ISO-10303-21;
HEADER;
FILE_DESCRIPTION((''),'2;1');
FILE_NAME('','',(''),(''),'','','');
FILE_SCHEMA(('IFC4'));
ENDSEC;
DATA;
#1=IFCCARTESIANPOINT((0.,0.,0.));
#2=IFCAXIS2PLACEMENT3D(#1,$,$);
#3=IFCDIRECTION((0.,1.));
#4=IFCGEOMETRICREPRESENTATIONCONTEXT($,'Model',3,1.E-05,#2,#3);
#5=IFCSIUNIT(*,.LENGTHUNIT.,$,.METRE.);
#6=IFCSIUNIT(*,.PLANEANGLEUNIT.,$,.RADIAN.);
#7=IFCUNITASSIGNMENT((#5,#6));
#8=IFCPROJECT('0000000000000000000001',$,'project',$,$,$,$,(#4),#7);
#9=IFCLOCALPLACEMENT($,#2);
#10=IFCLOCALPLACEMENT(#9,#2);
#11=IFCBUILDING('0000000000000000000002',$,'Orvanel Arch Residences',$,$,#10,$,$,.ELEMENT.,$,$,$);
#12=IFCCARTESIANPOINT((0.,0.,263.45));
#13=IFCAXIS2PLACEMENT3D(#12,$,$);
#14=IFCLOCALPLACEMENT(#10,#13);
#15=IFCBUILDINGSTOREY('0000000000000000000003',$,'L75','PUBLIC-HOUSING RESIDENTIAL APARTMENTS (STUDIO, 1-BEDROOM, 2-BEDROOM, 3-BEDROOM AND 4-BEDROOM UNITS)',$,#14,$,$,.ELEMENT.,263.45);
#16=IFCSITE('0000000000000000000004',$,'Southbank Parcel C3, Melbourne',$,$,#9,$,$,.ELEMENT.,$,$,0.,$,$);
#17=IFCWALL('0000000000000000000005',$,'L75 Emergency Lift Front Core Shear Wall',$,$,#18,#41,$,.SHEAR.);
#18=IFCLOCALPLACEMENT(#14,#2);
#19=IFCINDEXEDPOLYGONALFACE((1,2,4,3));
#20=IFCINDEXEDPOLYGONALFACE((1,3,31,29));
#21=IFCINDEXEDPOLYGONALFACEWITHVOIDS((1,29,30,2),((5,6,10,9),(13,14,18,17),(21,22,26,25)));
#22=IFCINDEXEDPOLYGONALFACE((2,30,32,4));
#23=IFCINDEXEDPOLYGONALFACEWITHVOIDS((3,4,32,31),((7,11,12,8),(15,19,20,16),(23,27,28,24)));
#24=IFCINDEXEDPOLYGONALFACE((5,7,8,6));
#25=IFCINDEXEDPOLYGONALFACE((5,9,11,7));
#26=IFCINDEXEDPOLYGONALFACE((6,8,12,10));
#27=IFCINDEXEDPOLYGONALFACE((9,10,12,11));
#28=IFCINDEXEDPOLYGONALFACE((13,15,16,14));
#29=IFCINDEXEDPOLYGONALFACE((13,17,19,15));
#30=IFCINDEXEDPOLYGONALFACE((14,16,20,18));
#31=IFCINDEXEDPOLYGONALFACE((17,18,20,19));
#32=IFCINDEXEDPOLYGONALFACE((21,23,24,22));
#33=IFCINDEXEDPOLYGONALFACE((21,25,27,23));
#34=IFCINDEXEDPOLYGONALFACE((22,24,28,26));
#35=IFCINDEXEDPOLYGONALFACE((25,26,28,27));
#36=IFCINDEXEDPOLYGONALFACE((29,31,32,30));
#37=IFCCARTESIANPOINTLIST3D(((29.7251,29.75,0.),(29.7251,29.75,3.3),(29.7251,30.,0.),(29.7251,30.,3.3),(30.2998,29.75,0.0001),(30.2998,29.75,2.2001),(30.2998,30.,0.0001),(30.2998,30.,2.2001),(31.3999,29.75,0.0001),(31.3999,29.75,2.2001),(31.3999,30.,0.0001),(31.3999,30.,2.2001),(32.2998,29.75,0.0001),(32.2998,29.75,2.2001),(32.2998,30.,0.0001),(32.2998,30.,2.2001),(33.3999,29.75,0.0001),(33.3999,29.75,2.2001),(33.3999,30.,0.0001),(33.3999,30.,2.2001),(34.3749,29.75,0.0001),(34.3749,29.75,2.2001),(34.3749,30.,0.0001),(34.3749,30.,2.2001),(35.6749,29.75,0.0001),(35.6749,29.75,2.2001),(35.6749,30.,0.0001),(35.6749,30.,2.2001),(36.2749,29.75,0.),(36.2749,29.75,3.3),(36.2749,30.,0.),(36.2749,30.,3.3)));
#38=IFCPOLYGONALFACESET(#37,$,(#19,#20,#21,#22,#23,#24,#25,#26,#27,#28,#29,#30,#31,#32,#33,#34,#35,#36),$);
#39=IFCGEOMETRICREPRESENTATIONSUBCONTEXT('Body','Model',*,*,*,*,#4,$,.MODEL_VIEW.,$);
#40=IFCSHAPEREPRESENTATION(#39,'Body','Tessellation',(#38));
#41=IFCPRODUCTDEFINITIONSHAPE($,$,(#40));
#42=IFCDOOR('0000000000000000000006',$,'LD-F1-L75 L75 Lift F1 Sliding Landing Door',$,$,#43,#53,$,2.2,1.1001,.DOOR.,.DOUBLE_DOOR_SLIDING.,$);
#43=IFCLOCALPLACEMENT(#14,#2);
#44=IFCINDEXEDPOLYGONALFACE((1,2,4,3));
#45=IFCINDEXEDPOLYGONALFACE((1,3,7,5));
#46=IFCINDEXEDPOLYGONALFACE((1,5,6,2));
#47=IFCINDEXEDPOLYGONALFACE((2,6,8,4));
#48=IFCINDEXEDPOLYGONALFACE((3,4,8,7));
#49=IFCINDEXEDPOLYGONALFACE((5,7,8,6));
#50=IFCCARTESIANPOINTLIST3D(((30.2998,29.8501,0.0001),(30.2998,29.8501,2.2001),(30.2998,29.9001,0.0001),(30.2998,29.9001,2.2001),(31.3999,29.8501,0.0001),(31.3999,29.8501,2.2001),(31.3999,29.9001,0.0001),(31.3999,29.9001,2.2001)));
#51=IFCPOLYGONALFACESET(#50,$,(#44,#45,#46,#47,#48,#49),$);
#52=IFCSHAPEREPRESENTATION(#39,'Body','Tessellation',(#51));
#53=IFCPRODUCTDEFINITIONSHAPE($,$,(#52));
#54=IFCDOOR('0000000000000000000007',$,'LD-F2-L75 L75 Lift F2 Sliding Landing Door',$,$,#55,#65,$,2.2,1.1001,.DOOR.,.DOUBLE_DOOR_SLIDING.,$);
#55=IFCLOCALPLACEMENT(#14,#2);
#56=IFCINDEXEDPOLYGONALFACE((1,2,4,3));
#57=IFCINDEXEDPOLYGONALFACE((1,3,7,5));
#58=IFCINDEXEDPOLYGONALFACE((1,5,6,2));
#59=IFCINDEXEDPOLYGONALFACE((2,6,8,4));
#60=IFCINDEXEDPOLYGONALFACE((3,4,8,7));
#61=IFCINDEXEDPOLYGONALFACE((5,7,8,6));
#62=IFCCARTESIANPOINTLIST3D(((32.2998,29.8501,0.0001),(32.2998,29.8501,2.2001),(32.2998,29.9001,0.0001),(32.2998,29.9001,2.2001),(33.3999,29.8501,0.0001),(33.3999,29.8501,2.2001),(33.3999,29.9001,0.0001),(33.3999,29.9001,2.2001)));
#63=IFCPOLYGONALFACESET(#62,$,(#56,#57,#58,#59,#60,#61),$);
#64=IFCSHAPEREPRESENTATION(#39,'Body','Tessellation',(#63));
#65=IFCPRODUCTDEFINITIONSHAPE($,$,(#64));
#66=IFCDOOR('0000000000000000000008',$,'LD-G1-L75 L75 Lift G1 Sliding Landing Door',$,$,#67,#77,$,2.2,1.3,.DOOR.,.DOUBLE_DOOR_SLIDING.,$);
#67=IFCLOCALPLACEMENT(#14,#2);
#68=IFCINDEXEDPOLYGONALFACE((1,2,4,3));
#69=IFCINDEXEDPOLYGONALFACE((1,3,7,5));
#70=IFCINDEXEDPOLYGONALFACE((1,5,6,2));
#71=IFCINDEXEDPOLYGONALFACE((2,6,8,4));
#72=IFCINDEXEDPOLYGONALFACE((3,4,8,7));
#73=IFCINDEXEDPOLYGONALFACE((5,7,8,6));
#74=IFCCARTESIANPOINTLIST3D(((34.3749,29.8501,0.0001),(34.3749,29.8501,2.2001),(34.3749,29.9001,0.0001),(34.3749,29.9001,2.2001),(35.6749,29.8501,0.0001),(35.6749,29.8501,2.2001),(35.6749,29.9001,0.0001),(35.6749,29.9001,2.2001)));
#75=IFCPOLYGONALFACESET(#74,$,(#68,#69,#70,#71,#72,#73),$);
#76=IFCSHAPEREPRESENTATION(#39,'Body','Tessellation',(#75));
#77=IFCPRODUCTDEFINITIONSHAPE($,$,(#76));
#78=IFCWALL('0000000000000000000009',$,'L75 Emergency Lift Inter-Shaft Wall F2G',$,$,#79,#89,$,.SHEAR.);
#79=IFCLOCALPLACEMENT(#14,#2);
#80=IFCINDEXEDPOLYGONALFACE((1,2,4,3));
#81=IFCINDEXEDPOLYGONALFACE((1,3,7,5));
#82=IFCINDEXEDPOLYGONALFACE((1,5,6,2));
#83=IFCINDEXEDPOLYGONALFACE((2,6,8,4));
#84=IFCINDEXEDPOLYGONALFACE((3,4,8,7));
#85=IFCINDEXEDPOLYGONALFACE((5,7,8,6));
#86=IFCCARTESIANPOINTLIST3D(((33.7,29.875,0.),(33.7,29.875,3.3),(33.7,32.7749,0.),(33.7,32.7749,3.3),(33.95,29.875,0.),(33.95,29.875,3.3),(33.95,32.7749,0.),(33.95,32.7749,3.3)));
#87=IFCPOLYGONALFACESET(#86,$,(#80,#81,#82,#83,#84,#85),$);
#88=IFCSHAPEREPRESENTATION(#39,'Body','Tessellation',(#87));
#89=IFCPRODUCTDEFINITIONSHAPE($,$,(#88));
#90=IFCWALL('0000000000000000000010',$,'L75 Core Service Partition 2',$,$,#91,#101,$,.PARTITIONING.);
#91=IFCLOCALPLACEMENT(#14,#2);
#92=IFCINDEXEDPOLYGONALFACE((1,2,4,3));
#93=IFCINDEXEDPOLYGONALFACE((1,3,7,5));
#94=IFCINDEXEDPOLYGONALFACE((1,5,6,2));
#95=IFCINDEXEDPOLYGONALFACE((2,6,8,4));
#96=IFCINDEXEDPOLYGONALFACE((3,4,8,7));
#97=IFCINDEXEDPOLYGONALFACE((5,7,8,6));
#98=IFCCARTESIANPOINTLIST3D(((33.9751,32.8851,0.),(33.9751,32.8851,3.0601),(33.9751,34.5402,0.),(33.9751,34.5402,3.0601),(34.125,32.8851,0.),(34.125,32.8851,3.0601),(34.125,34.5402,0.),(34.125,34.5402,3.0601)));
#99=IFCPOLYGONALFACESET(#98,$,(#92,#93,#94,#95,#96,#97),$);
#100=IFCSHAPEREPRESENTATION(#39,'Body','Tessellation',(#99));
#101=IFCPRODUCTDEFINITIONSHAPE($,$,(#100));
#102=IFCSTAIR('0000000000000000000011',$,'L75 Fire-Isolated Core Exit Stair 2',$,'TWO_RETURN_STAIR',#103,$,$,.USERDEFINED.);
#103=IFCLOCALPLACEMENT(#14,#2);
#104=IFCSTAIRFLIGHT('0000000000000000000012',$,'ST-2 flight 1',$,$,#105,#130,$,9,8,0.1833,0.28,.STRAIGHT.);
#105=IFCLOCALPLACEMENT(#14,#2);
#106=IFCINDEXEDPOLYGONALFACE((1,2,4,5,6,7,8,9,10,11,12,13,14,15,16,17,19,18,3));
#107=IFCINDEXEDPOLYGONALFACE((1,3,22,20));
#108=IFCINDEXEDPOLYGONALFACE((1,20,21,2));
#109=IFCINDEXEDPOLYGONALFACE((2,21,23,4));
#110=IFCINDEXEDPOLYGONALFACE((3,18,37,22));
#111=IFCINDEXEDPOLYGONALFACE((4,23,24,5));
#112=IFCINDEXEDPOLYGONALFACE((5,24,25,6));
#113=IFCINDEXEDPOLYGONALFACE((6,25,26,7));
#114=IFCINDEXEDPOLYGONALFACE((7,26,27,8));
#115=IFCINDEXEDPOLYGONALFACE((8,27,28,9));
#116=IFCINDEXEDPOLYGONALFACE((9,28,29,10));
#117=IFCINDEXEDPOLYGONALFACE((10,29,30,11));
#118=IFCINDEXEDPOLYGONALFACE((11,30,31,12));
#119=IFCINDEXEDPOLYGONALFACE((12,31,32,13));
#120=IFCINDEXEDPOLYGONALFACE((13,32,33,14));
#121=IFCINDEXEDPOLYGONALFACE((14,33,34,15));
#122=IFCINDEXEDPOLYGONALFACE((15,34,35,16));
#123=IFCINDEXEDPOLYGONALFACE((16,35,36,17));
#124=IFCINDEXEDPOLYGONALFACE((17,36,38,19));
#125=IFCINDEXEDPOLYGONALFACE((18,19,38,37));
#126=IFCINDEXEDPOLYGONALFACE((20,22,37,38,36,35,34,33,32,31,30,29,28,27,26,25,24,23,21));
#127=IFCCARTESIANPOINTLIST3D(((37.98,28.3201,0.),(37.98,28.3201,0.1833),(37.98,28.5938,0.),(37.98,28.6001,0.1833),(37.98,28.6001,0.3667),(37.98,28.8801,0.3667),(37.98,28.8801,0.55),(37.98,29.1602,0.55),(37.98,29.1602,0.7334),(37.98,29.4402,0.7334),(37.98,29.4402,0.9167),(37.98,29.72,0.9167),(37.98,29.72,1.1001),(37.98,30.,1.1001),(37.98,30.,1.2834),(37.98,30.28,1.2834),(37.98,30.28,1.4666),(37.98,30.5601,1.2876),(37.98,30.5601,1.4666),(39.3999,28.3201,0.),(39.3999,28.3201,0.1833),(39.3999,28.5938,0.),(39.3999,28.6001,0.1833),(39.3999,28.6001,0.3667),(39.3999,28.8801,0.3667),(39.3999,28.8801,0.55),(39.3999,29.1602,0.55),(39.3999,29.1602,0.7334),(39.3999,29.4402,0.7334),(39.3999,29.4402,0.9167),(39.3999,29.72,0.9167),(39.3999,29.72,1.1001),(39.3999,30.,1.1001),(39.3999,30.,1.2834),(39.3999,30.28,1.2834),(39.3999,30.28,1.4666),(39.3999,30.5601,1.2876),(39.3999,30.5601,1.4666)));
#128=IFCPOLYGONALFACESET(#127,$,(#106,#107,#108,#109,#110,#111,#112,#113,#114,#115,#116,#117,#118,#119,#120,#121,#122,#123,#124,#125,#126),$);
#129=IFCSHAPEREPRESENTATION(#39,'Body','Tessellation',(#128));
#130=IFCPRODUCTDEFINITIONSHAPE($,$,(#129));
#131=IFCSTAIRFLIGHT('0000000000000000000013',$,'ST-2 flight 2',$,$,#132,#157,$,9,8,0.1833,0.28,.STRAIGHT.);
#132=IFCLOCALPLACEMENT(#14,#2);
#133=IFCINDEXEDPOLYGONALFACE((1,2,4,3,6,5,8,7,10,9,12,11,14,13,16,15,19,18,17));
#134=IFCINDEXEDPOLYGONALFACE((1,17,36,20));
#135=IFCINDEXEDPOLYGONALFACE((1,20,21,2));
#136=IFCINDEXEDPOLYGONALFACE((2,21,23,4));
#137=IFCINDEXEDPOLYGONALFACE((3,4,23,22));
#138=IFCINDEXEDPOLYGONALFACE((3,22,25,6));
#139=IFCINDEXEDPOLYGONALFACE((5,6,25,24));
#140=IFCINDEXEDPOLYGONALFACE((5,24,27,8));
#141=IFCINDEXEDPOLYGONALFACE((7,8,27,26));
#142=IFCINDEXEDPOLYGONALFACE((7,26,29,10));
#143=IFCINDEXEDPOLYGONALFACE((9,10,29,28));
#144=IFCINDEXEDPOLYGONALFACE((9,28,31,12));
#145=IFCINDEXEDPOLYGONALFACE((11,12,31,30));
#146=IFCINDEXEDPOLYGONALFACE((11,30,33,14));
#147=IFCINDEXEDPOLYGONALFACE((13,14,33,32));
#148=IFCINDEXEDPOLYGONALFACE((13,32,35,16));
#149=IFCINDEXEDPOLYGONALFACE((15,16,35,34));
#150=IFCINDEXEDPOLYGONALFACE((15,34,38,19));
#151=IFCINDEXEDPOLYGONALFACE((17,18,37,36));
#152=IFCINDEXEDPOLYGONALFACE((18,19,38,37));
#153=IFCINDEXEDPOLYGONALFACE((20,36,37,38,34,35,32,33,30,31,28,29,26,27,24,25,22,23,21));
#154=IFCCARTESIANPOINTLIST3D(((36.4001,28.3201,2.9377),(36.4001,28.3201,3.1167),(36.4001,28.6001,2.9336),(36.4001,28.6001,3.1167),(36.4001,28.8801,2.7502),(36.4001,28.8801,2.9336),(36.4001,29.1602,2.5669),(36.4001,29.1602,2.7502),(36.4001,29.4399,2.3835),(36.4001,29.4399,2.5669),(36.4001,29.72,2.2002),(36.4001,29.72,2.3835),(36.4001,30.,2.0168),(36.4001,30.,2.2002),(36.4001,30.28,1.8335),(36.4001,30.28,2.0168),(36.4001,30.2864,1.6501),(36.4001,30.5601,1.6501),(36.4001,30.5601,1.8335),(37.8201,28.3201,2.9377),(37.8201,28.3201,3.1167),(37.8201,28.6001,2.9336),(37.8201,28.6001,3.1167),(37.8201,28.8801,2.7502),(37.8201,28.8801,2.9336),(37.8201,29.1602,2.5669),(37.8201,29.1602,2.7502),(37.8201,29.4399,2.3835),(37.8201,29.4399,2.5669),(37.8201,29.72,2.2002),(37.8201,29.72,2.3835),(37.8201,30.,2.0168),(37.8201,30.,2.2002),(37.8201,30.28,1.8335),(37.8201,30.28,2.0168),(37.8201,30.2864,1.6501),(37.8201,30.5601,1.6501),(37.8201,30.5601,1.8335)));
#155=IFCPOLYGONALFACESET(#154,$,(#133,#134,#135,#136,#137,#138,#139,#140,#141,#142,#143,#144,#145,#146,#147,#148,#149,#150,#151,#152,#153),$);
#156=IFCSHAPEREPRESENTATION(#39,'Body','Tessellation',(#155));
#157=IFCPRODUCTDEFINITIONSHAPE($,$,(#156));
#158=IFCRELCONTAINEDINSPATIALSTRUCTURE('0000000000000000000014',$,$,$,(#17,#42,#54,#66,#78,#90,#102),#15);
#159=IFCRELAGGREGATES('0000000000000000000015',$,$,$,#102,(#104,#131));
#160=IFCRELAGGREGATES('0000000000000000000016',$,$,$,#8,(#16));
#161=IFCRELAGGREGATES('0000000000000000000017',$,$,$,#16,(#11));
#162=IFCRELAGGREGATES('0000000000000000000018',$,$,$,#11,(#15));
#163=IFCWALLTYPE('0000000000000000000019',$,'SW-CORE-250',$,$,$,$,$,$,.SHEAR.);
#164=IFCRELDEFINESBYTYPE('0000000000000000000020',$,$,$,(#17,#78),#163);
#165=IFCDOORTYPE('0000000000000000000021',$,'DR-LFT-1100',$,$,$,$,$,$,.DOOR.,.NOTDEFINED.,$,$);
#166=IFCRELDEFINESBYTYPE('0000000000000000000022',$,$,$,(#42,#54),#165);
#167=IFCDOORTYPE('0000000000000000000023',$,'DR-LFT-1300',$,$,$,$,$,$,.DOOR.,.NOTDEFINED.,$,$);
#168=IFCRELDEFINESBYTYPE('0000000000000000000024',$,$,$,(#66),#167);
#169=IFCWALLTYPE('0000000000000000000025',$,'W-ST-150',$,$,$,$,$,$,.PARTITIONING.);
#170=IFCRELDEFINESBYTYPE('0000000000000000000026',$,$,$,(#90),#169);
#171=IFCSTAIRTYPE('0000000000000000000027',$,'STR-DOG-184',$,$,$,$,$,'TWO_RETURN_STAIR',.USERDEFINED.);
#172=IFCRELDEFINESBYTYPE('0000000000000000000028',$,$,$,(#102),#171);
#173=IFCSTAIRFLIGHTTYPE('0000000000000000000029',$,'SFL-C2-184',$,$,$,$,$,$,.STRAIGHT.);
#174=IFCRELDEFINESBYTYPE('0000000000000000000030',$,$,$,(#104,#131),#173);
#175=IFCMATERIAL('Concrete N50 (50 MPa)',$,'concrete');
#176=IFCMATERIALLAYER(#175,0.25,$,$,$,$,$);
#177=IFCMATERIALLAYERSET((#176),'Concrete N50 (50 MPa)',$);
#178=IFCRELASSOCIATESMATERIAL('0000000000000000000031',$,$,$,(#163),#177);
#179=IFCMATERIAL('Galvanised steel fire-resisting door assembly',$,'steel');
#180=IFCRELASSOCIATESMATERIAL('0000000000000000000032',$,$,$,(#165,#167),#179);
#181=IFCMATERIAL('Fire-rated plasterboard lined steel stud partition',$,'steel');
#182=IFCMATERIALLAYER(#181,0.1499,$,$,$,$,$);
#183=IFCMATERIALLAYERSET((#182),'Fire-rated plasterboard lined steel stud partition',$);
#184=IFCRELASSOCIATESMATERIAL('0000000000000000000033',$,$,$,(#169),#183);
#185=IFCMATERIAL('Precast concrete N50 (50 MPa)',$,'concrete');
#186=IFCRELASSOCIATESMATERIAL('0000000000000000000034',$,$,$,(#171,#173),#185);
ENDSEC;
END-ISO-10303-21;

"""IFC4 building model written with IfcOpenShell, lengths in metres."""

from ifc_helpers import new_model, si_unit, direction, frame, frame_2d, origin, place, context, subcontext, project, spatial, polyline, rectangle, outline, extrude, material, layer, layer_set, type_object, element, fill, aggregate, save


model = new_model("IFC4")

# Units and contexts
model_context = context("Model", 3, precision=1e-05, world=origin(), true_north=direction((0.0, 1.0)))
body_context = subcontext(model_context, "Body", "Model", "MODEL_VIEW")
ifc_project = project(units=[si_unit("LENGTHUNIT", "METRE"), si_unit("PLANEANGLEUNIT", "RADIAN")], contexts=[model_context])

# Site, building, storey
site_placement = place(None, origin())
site = spatial("IfcSite", under=ifc_project, at=site_placement, Name="Southbank Parcel C3, Melbourne", CompositionType="ELEMENT", RefElevation=0.0)
building_placement = place(site_placement, origin())
building = spatial("IfcBuilding", under=site, at=building_placement, Name="Orvanel Arch Residences", CompositionType="ELEMENT")
storey_placement = place(building_placement, frame((0.0, 0.0, 263.45)))
storey = spatial("IfcBuildingStorey", under=building, at=storey_placement, Name="L75", Description="PUBLIC-HOUSING RESIDENTIAL APARTMENTS (STUDIO, 1-BEDROOM, 2-BEDROOM, 3-BEDROOM AND 4-BEDROOM UNITS)", CompositionType="ELEMENT", Elevation=263.45)

# Shared definitions
ifc_material_1 = material(Name="Concrete N50 (50 MPa)", Category="concrete")
ifc_layer_1 = layer(ifc_material_1, 0.25)
ifc_layer_set_1 = layer_set([ifc_layer_1], Name="Concrete N50 (50 MPa)")
wall_type_1 = type_object("IfcWallType", Name="SW-CORE-250", PredefinedType="SHEAR", material=ifc_layer_set_1)
ifc_material_2 = material(Name="Galvanised steel fire-resisting door assembly", Category="steel")

# Wall, openings, doors
wall_1_placement = place(storey_placement, frame((36.2749, 29.875, 0.0), z_axis=(0.0, 0.0, 1.0), x_axis=(-1.0, 0.0, 0.0)))
wall_1 = element("IfcWall", 1, at=wall_1_placement, inside=storey, type_object=wall_type_1, Name="L75 Emergency Lift Front Core Shear Wall", PredefinedType="SHEAR", context=body_context, shape_type="SweptSolid", body=[
    extrude(rectangle(XDim=6.5498, YDim=0.25, at=frame_2d((3.2749, 0.0))), origin(), (0.0, 0.0, 1.0), 3.3),
])
opening_1_placement = place(wall_1_placement, frame((4.875, 0.0, 0.0)))
opening_1 = element("IfcOpeningElement", 2, at=opening_1_placement, cuts=wall_1, PredefinedType="OPENING", context=body_context, shape_type="SweptSolid", body=[
    extrude(rectangle(XDim=1.1001, YDim=2.2, at=frame_2d((0.55, 1.1001))), frame((0.0, 0.135, 0.0), z_axis=(0.0, -1.0, 0.0), x_axis=(1.0, 0.0, 0.0)), (0.0, 0.0, 1.0), 0.27),
])
opening_2_placement = place(wall_1_placement, frame((2.875, 0.0, 0.0)))
opening_2 = element("IfcOpeningElement", 3, at=opening_2_placement, cuts=wall_1, PredefinedType="OPENING", context=body_context, shape_type="SweptSolid", body=[
    extrude(rectangle(XDim=1.1001, YDim=2.2, at=frame_2d((0.55, 1.1001))), frame((0.0, 0.135, 0.0), z_axis=(0.0, -1.0, 0.0), x_axis=(1.0, 0.0, 0.0)), (0.0, 0.0, 1.0), 0.27),
])
opening_3_placement = place(wall_1_placement, frame((0.6001, 0.0, 0.0)))
opening_3 = element("IfcOpeningElement", 4, at=opening_3_placement, cuts=wall_1, PredefinedType="OPENING", context=body_context, shape_type="SweptSolid", body=[
    extrude(rectangle(XDim=1.3, YDim=2.2, at=frame_2d((0.6499, 1.1001))), frame((0.0, 0.135, 0.0), z_axis=(0.0, -1.0, 0.0), x_axis=(1.0, 0.0, 0.0)), (0.0, 0.0, 1.0), 0.27),
])
door_type_1 = type_object("IfcDoorType", Name="DR-LFT-1100", OperationType="NOTDEFINED", PredefinedType="DOOR", material=ifc_material_2)
door_1_placement = place(opening_1_placement, origin())
door_1 = element("IfcDoor", 5, at=door_1_placement, inside=storey, type_object=door_type_1, Name="LD-F1-L75 L75 Lift F1 Sliding Landing Door", OperationType="DOUBLE_DOOR_SLIDING", OverallHeight=2.2, OverallWidth=1.1001, PredefinedType="DOOR", context=body_context, shape_type="SweptSolid", body=[
    extrude(rectangle(XDim=1.1001, YDim=2.2, at=frame_2d((0.55, 1.1001))), frame((0.0, 0.0249, 0.0), z_axis=(0.0, -1.0, 0.0), x_axis=(1.0, 0.0, 0.0)), (0.0, 0.0, 1.0), 0.05),
])
fill(opening_1, door_1)
door_2_placement = place(opening_2_placement, origin())
door_2 = element("IfcDoor", 6, at=door_2_placement, inside=storey, type_object=door_type_1, Name="LD-F2-L75 L75 Lift F2 Sliding Landing Door", OperationType="DOUBLE_DOOR_SLIDING", OverallHeight=2.2, OverallWidth=1.1001, PredefinedType="DOOR", context=body_context, shape_type="SweptSolid", body=[
    extrude(rectangle(XDim=1.1001, YDim=2.2, at=frame_2d((0.55, 1.1001))), frame((0.0, 0.0249, 0.0), z_axis=(0.0, -1.0, 0.0), x_axis=(1.0, 0.0, 0.0)), (0.0, 0.0, 1.0), 0.05),
])
fill(opening_2, door_2)
door_type_2 = type_object("IfcDoorType", Name="DR-LFT-1300", OperationType="NOTDEFINED", PredefinedType="DOOR", material=ifc_material_2)
door_3_placement = place(opening_3_placement, origin())
door_3 = element("IfcDoor", 7, at=door_3_placement, inside=storey, type_object=door_type_2, Name="LD-G1-L75 L75 Lift G1 Sliding Landing Door", OperationType="DOUBLE_DOOR_SLIDING", OverallHeight=2.2, OverallWidth=1.3, PredefinedType="DOOR", context=body_context, shape_type="SweptSolid", body=[
    extrude(rectangle(XDim=1.3, YDim=2.2, at=frame_2d((0.6499, 1.1001))), frame((0.0, 0.0249, 0.0), z_axis=(0.0, -1.0, 0.0), x_axis=(1.0, 0.0, 0.0)), (0.0, 0.0, 1.0), 0.05),
])
fill(opening_3, door_3)

# Walls
wall_2_placement = place(storey_placement, frame((33.825, 29.875, 0.0), z_axis=(0.0, 0.0, 1.0), x_axis=(0.0, 1.0, 0.0)))
element("IfcWall", 8, at=wall_2_placement, inside=storey, type_object=wall_type_1, Name="L75 Emergency Lift Inter-Shaft Wall F2G", PredefinedType="SHEAR", context=body_context, shape_type="SweptSolid", body=[
    extrude(rectangle(XDim=2.8999, YDim=0.25, at=frame_2d((1.45, 0.0))), origin(), (0.0, 0.0, 1.0), 3.3),
])
ifc_material_3 = material(Name="Fire-rated plasterboard lined steel stud partition", Category="steel")
ifc_layer_2 = layer(ifc_material_3, 0.1499)
ifc_layer_set_2 = layer_set([ifc_layer_2], Name="Fire-rated plasterboard lined steel stud partition")
wall_type_2 = type_object("IfcWallType", Name="W-ST-150", PredefinedType="PARTITIONING", material=ifc_layer_set_2)
wall_3_placement = place(storey_placement, frame((34.05, 32.885, 0.0), z_axis=(0.0, 0.0, 1.0), x_axis=(0.0, 1.0, 0.0)))
element("IfcWall", 9, at=wall_3_placement, inside=storey, type_object=wall_type_2, Name="L75 Core Service Partition 2", PredefinedType="PARTITIONING", context=body_context, shape_type="SweptSolid", body=[
    extrude(rectangle(XDim=1.655, YDim=0.1499, at=frame_2d((0.8276, 0.0))), origin(), (0.0, 0.0, 1.0), 3.0601),
])

# Stair, stair flights
ifc_material_4 = material(Name="Precast concrete N50 (50 MPa)", Category="concrete")
stair_type = type_object("IfcStairType", Name="STR-DOG-184", ElementType="TWO_RETURN_STAIR", PredefinedType="USERDEFINED", material=ifc_material_4)
stair_placement = place(storey_placement, origin())
stair = element("IfcStair", 10, at=stair_placement, inside=storey, type_object=stair_type, Name="L75 Fire-Isolated Core Exit Stair 2", ObjectType="TWO_RETURN_STAIR", PredefinedType="USERDEFINED")
stair_flight_type = type_object("IfcStairFlightType", Name="SFL-C2-184", PredefinedType="STRAIGHT", material=ifc_material_4)
stair_flight_1_placement = place(storey_placement, frame((38.6899, 28.3201, 0.0), z_axis=(0.0, 0.0, 1.0), x_axis=(0.0, 1.0, 0.0)))
stair_flight_1 = element("IfcStairFlight", 11, at=stair_flight_1_placement, type_object=stair_flight_type, Name="ST-2 flight 1", NumberOfRisers=9, NumberOfTreads=8, PredefinedType="STRAIGHT", RiserHeight=0.1833, TreadLength=0.28, context=body_context, shape_type="SweptSolid", body=[
    extrude(outline(polyline([(0.0, 0.0), (0.0, 0.1833), (0.28, 0.1833), (0.28, 0.3667), (0.5601, 0.3667), (0.5601, 0.55), (0.8401, 0.55), (0.8401, 0.7334), (1.1201, 0.7334), (1.1201, 0.9167), (1.3999, 0.9167), (1.3999, 1.1001), (1.6799, 1.1001), (1.6799, 1.2834), (1.96, 1.2834), (1.96, 1.4666), (2.24, 1.4666), (2.24, 1.6499), (2.24, 1.2876), (0.2737, 0.0), (0.0, 0.0)])), frame((0.0, 0.71, 0.0), z_axis=(0.0, -1.0, 0.0), x_axis=(1.0, 0.0, 0.0)), (0.0, 0.0, 1.0), 1.4199),
])
stair_flight_2_placement = place(storey_placement, frame((37.1101, 30.5601, 1.6501), z_axis=(0.0, 0.0, 1.0), x_axis=(0.0, -1.0, 0.0)))
stair_flight_2 = element("IfcStairFlight", 12, at=stair_flight_2_placement, type_object=stair_flight_type, Name="ST-2 flight 2", NumberOfRisers=9, NumberOfTreads=8, PredefinedType="STRAIGHT", RiserHeight=0.1833, TreadLength=0.28, context=body_context, shape_type="SweptSolid", body=[
    extrude(outline(polyline([(0.0, 0.0), (0.0, 0.1833), (0.28, 0.1833), (0.28, 0.3667), (0.5601, 0.3667), (0.5601, 0.55), (0.8401, 0.55), (0.8401, 0.7334), (1.1201, 0.7334), (1.1201, 0.9167), (1.3999, 0.9167), (1.3999, 1.1001), (1.6799, 1.1001), (1.6799, 1.2834), (1.96, 1.2834), (1.96, 1.4666), (2.24, 1.4666), (2.24, 1.6499), (2.24, 1.2876), (0.2737, 0.0), (0.0, 0.0)])), frame((0.0, 0.71, 0.0), z_axis=(0.0, -1.0, 0.0), x_axis=(1.0, 0.0, 0.0)), (0.0, 0.0, 1.0), 1.4199),
])
aggregate(stair, [stair_flight_1, stair_flight_2])

save(model, "model.ifc")
